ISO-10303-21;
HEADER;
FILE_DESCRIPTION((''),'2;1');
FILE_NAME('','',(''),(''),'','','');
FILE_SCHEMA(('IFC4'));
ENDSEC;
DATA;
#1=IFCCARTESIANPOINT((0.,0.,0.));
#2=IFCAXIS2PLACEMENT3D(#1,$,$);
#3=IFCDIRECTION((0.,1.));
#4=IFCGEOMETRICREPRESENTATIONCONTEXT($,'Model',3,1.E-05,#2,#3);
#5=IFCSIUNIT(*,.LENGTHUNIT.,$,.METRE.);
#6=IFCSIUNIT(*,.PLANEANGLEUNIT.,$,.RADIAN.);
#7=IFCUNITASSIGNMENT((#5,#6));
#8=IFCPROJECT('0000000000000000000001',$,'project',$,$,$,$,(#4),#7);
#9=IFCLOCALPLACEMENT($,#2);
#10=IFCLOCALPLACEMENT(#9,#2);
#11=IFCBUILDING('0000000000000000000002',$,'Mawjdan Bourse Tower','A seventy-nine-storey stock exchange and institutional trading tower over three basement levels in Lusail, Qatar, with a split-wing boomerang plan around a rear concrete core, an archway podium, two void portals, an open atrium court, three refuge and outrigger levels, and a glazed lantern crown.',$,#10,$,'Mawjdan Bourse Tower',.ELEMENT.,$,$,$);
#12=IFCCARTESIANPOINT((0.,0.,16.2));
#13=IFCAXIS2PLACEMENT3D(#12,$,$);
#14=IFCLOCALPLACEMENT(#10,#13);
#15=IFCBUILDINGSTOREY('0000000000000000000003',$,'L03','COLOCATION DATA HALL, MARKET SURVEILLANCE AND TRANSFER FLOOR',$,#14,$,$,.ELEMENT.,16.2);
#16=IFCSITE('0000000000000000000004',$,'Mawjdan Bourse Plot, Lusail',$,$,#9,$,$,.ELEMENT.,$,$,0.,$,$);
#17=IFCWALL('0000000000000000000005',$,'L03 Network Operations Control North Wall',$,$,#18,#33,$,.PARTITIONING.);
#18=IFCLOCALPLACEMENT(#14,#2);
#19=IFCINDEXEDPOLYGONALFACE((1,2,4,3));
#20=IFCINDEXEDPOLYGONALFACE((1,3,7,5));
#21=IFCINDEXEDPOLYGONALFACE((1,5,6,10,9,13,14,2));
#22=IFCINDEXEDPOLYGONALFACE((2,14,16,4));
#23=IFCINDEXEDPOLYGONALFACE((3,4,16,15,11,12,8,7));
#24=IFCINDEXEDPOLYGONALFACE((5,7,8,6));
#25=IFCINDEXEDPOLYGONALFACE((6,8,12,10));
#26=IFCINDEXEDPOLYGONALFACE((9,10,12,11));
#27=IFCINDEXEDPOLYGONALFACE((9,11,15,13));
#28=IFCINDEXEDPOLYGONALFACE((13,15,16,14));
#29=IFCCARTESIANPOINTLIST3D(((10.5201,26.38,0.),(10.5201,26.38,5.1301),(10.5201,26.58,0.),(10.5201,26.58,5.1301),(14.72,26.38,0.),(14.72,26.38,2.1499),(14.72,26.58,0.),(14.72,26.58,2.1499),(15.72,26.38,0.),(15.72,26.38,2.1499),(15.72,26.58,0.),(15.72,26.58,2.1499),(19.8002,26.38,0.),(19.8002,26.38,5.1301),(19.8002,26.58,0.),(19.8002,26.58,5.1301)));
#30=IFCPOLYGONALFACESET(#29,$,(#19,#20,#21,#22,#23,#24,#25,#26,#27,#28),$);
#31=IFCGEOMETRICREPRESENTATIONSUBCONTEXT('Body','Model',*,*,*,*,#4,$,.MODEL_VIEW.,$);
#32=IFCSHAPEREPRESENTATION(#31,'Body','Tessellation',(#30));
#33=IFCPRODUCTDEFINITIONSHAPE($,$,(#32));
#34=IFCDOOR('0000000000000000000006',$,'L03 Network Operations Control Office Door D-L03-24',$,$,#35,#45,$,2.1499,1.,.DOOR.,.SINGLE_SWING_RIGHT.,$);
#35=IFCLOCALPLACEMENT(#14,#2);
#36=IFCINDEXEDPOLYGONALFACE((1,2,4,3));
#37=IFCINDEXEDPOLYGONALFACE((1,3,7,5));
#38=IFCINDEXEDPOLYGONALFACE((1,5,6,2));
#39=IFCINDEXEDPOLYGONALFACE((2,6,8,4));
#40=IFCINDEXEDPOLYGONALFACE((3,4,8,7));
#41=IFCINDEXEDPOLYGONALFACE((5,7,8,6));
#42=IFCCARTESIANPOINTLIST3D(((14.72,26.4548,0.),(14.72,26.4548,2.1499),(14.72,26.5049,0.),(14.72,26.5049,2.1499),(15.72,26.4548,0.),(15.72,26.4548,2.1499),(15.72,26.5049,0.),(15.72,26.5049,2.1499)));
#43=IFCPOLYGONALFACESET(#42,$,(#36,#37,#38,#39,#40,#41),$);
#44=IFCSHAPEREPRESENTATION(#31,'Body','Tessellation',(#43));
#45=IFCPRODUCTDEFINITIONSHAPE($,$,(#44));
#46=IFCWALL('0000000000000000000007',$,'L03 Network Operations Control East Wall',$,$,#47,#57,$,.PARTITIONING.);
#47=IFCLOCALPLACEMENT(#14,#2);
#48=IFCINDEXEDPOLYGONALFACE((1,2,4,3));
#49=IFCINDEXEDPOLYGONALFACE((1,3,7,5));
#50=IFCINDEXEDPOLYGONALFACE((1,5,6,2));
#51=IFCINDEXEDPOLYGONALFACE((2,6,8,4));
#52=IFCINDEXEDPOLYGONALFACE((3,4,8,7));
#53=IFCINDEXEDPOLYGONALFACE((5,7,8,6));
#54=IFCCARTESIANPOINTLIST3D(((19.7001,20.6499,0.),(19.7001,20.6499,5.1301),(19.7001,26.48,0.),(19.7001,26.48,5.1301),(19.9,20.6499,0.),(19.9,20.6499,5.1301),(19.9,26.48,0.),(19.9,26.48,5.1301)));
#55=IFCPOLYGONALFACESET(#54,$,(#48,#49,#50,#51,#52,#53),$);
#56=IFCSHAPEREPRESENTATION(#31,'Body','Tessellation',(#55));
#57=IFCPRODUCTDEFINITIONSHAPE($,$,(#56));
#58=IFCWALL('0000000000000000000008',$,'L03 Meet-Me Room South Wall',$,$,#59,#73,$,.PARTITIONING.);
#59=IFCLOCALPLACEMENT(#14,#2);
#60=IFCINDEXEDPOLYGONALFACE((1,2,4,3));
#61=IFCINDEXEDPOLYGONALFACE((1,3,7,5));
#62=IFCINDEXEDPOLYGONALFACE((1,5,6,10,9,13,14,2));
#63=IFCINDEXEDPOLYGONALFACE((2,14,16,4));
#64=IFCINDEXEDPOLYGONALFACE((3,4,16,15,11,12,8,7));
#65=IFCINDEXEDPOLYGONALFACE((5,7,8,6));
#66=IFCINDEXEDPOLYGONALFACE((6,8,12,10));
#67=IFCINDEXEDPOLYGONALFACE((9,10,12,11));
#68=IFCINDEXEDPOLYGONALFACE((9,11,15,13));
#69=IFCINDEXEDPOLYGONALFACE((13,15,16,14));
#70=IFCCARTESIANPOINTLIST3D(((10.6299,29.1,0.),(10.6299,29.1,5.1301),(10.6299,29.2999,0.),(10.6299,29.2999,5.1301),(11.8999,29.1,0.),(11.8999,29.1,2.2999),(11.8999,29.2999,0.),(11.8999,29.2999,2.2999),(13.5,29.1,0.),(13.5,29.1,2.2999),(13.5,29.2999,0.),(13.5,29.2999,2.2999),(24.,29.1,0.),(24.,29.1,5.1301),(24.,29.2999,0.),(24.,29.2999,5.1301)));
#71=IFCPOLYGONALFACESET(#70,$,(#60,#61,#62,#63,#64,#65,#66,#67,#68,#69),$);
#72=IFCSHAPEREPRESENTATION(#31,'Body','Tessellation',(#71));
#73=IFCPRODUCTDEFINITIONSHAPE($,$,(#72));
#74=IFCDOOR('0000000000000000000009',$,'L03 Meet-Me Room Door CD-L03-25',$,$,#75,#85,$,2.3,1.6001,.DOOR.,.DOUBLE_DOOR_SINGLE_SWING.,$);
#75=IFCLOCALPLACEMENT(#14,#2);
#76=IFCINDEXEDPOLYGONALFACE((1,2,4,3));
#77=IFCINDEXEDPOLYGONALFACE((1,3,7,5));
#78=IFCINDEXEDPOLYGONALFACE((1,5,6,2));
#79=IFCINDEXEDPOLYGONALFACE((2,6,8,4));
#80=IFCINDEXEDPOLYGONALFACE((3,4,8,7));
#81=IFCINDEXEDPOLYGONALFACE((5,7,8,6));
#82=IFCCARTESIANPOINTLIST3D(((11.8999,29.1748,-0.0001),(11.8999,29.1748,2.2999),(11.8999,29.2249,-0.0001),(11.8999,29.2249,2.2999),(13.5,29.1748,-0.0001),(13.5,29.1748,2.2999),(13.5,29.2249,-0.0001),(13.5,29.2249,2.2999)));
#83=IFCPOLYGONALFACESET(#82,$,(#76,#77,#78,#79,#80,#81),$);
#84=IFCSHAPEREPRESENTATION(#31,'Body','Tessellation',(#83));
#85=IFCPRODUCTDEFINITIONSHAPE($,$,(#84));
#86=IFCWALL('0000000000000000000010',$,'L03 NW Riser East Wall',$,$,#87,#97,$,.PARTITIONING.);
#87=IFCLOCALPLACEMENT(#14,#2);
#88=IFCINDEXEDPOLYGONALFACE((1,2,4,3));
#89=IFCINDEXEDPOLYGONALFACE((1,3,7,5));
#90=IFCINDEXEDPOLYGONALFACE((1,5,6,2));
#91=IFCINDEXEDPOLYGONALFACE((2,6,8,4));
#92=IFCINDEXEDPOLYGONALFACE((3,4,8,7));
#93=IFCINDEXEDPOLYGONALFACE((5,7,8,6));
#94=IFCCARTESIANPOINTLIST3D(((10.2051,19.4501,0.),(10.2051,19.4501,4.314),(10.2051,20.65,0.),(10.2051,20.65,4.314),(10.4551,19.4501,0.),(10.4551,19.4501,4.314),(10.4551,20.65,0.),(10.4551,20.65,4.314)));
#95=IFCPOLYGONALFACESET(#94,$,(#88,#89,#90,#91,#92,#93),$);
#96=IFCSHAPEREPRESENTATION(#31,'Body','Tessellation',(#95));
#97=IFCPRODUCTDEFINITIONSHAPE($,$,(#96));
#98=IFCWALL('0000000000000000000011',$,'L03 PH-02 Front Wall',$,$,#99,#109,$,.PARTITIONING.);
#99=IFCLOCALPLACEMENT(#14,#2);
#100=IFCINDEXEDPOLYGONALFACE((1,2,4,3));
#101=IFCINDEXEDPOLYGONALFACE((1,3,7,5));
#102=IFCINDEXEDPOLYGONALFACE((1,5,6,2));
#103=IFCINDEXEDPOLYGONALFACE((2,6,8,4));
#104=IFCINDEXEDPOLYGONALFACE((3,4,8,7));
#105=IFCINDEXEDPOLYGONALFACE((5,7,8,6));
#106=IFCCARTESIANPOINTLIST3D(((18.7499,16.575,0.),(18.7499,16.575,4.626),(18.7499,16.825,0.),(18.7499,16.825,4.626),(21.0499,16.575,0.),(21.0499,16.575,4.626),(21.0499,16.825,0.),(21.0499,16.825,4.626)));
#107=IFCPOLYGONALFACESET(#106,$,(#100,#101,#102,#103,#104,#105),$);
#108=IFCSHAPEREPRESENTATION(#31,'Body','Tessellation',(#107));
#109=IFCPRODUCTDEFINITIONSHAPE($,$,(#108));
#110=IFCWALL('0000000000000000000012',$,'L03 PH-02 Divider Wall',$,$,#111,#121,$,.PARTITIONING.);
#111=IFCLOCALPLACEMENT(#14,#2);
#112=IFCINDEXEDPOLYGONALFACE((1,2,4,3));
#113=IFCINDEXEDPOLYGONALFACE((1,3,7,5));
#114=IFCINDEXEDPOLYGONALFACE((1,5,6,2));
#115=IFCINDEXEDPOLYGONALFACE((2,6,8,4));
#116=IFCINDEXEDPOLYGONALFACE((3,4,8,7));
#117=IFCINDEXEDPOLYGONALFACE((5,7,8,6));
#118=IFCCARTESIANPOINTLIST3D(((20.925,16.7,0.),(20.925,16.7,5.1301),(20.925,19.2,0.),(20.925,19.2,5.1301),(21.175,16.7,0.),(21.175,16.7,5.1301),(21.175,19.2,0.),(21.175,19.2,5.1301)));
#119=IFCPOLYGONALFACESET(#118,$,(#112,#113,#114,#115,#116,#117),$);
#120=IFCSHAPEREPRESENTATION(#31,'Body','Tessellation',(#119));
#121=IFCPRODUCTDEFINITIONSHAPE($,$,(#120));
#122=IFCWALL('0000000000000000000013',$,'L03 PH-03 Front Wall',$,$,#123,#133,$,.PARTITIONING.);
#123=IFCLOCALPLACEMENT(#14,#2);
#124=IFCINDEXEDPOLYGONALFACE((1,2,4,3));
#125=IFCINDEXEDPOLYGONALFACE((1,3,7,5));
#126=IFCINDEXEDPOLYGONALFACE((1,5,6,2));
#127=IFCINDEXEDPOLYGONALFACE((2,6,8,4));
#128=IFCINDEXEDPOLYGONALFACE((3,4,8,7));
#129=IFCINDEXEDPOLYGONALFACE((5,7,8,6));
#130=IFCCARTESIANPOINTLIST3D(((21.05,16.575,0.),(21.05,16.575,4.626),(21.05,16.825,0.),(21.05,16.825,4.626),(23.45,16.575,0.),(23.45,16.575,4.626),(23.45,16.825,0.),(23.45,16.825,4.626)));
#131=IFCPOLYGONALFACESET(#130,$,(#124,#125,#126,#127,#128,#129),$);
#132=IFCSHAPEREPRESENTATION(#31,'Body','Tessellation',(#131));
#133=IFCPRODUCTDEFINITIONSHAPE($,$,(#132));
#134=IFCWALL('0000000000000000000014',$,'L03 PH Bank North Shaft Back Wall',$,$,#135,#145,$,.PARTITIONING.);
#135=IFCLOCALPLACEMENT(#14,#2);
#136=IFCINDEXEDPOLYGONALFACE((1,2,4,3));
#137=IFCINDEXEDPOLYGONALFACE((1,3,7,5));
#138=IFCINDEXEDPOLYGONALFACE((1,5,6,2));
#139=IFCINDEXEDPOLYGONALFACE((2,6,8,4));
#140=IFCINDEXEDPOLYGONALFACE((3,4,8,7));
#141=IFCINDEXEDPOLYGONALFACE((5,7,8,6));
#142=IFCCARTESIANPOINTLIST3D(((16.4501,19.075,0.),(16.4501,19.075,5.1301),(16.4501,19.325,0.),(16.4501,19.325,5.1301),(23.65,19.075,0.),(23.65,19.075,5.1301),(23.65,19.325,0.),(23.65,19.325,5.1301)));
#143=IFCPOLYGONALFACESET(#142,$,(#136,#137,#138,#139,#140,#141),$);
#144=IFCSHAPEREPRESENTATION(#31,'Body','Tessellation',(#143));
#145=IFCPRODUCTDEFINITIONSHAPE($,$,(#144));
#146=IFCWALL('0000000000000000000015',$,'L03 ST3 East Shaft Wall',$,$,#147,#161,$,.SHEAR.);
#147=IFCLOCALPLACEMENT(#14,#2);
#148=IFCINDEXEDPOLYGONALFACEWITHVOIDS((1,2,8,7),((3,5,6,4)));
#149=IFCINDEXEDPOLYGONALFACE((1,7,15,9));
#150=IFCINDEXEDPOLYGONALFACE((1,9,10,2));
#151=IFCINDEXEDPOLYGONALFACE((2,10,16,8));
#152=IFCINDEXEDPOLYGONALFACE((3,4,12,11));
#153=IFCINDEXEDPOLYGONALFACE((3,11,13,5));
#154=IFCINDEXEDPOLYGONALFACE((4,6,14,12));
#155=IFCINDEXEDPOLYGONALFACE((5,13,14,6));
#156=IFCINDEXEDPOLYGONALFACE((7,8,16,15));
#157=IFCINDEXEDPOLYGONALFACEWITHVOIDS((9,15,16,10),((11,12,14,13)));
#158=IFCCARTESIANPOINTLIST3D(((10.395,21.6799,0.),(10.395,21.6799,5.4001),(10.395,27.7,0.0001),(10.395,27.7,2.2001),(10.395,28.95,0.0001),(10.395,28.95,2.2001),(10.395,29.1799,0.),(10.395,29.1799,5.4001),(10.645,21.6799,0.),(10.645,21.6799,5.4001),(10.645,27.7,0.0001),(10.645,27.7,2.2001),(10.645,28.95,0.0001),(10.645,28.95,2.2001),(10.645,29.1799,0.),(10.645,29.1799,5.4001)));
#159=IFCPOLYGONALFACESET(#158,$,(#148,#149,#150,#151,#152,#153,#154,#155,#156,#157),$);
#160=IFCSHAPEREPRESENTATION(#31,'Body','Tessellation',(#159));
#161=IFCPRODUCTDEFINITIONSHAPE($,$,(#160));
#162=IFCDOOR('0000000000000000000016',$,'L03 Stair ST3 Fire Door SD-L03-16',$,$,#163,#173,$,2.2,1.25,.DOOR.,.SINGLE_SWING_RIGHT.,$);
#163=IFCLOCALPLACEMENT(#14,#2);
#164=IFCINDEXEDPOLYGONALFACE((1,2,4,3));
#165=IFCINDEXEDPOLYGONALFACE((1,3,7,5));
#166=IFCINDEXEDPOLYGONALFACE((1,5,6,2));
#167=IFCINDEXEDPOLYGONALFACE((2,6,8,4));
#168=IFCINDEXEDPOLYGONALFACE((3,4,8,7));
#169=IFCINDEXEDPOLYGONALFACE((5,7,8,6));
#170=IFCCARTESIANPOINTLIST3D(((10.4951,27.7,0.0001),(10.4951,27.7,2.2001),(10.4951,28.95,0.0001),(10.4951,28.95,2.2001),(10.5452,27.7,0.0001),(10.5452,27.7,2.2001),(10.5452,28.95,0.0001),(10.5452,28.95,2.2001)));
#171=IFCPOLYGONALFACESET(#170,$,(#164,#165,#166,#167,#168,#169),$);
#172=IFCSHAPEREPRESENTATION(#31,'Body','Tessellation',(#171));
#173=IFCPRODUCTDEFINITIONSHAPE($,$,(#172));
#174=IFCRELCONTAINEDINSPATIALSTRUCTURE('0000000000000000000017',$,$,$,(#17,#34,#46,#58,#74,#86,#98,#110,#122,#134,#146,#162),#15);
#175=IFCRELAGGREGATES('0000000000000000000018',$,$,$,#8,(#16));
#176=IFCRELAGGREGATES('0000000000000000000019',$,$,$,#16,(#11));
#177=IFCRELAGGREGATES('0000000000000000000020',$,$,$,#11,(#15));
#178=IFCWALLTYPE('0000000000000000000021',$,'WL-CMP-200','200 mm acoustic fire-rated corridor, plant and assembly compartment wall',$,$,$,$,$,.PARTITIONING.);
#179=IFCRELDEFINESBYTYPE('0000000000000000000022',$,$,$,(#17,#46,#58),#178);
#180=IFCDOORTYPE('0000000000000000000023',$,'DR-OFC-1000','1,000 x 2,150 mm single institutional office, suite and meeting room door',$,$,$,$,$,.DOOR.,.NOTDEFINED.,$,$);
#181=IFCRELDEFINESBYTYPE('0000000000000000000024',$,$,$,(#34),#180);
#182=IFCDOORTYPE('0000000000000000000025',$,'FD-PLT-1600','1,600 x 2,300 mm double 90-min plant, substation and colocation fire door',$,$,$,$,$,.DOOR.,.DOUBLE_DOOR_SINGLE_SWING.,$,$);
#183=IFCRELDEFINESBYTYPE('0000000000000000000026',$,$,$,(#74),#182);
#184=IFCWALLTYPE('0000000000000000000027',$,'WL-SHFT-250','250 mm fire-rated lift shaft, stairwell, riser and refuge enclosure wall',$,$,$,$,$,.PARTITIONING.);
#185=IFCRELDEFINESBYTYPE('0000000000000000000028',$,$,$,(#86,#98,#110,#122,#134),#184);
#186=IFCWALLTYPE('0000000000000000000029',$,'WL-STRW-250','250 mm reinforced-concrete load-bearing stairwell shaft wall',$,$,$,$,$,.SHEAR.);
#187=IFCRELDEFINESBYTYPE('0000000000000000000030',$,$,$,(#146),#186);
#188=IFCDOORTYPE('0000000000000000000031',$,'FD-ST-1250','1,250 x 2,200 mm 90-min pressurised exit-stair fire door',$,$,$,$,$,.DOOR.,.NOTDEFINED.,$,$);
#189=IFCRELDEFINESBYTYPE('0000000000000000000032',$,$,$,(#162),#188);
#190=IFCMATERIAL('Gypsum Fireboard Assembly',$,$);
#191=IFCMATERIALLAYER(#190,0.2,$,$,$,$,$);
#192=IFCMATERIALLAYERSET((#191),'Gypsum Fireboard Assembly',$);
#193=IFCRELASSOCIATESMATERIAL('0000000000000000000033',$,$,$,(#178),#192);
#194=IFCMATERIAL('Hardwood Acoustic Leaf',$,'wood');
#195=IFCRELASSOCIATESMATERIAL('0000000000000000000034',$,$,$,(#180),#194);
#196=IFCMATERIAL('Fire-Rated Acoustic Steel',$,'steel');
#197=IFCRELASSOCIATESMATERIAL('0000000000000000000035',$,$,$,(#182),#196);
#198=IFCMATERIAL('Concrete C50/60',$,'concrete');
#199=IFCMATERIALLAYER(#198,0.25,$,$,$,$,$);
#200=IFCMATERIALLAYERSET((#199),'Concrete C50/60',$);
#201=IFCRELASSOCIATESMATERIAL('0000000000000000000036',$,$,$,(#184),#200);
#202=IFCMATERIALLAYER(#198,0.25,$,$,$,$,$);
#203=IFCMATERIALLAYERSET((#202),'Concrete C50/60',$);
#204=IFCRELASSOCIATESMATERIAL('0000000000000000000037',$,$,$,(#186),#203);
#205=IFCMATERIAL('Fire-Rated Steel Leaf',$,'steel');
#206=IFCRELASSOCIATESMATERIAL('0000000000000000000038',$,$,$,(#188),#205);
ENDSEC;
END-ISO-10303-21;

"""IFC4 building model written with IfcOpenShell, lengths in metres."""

from ifc_helpers import new_model, si_unit, direction, frame, frame_2d, origin, place, context, subcontext, project, spatial, rectangle, extrude, material, layer, layer_set, type_object, element, fill, save


model = new_model("IFC4")

# Units and contexts
model_context = context("Model", 3, precision=1e-05, world=origin(), true_north=direction((0.0, 1.0)))
body_context = subcontext(model_context, "Body", "Model", "MODEL_VIEW")
ifc_project = project(units=[si_unit("LENGTHUNIT", "METRE"), si_unit("PLANEANGLEUNIT", "RADIAN")], contexts=[model_context])

# Site, building, storey
site_placement = place(None, origin())
site = spatial("IfcSite", under=ifc_project, at=site_placement, Name="Mawjdan Bourse Plot, Lusail", CompositionType="ELEMENT", RefElevation=0.0)
building_placement = place(site_placement, origin())
building = spatial("IfcBuilding", under=site, at=building_placement, Name="Mawjdan Bourse Tower", Description="A seventy-nine-storey stock exchange and institutional trading tower over three basement levels in Lusail, Qatar, with a split-wing boomerang plan around a rear concrete core, an archway podium, two void portals, an open atrium court, three refuge and outrigger levels, and a glazed lantern crown.", LongName="Mawjdan Bourse Tower", CompositionType="ELEMENT")
storey_placement = place(building_placement, frame((0.0, 0.0, 16.2)))
storey = spatial("IfcBuildingStorey", under=building, at=storey_placement, Name="L03", Description="COLOCATION DATA HALL, MARKET SURVEILLANCE AND TRANSFER FLOOR", CompositionType="ELEMENT", Elevation=16.2)

# Wall, opening, door
ifc_material_1 = material(Name="Gypsum Fireboard Assembly")
ifc_layer_1 = layer(ifc_material_1, 0.2)
ifc_layer_set_1 = layer_set([ifc_layer_1], Name="Gypsum Fireboard Assembly")
wall_type_1 = type_object("IfcWallType", Name="WL-CMP-200", Description="200 mm acoustic fire-rated corridor, plant and assembly compartment wall", PredefinedType="PARTITIONING", material=ifc_layer_set_1)
wall_1_placement = place(storey_placement, frame((10.52, 26.48, 0.0), z_axis=(0.0, 0.0, 1.0), x_axis=(1.0, 0.0, 0.0)))
wall_1 = element("IfcWall", 1, at=wall_1_placement, inside=storey, type_object=wall_type_1, Name="L03 Network Operations Control North Wall", PredefinedType="PARTITIONING", context=body_context, shape_type="SweptSolid", body=[
    extrude(rectangle(XDim=9.28, YDim=0.2, at=frame_2d((4.6401, 0.0))), origin(), (0.0, 0.0, 1.0), 5.1301),
])
opening_1_placement = place(wall_1_placement, frame((4.2, 0.0, 0.0)))
opening_1 = element("IfcOpeningElement", 2, at=opening_1_placement, cuts=wall_1, PredefinedType="OPENING", context=body_context, shape_type="SweptSolid", body=[
    extrude(rectangle(XDim=1.0, YDim=2.1499, at=frame_2d((0.5, 1.075))), frame((0.0, 0.1099, 0.0), z_axis=(0.0, -1.0, 0.0), x_axis=(1.0, 0.0, 0.0)), (0.0, 0.0, 1.0), 0.22),
])
ifc_material_2 = material(Name="Hardwood Acoustic Leaf", Category="wood")
door_type_1 = type_object("IfcDoorType", Name="DR-OFC-1000", Description="1,000 x 2,150 mm single institutional office, suite and meeting room door", OperationType="NOTDEFINED", PredefinedType="DOOR", material=ifc_material_2)
door_1_placement = place(opening_1_placement, origin())
door_1 = element("IfcDoor", 3, at=door_1_placement, inside=storey, type_object=door_type_1, Name="L03 Network Operations Control Office Door D-L03-24", OperationType="SINGLE_SWING_RIGHT", OverallHeight=2.1499, OverallWidth=1.0, PredefinedType="DOOR", context=body_context, shape_type="SweptSolid", body=[
    extrude(rectangle(XDim=1.0, YDim=2.1499, at=frame_2d((0.5, 1.075))), frame((0.0, 0.0249, 0.0), z_axis=(0.0, -1.0, 0.0), x_axis=(1.0, 0.0, 0.0)), (0.0, 0.0, 1.0), 0.05),
])
fill(opening_1, door_1)

# Wall
wall_2_placement = place(storey_placement, frame((19.8, 20.6499, 0.0), z_axis=(0.0, 0.0, 1.0), x_axis=(0.0, 1.0, 0.0)))
element("IfcWall", 4, at=wall_2_placement, inside=storey, type_object=wall_type_1, Name="L03 Network Operations Control East Wall", PredefinedType="PARTITIONING", context=body_context, shape_type="SweptSolid", body=[
    extrude(rectangle(XDim=5.8301, YDim=0.2, at=frame_2d((2.915, 0.0))), origin(), (0.0, 0.0, 1.0), 5.1301),
])

# Wall, opening, door
wall_3_placement = place(storey_placement, frame((10.6299, 29.2, 0.0), z_axis=(0.0, 0.0, 1.0), x_axis=(1.0, 0.0, 0.0)))
wall_3 = element("IfcWall", 5, at=wall_3_placement, inside=storey, type_object=wall_type_1, Name="L03 Meet-Me Room South Wall", PredefinedType="PARTITIONING", context=body_context, shape_type="SweptSolid", body=[
    extrude(rectangle(XDim=13.3701, YDim=0.2, at=frame_2d((6.6851, 0.0))), origin(), (0.0, 0.0, 1.0), 5.1301),
])
opening_2_placement = place(wall_3_placement, frame((1.27, 0.0, 0.0)))
opening_2 = element("IfcOpeningElement", 6, at=opening_2_placement, cuts=wall_3, PredefinedType="OPENING", context=body_context, shape_type="SweptSolid", body=[
    extrude(rectangle(XDim=1.6001, YDim=2.3, at=frame_2d((0.8, 1.1499))), frame((0.0, 0.1099, 0.0), z_axis=(0.0, -1.0, 0.0), x_axis=(1.0, 0.0, 0.0)), (0.0, 0.0, 1.0), 0.22),
])
ifc_material_3 = material(Name="Fire-Rated Acoustic Steel", Category="steel")
door_type_2 = type_object("IfcDoorType", Name="FD-PLT-1600", Description="1,600 x 2,300 mm double 90-min plant, substation and colocation fire door", OperationType="DOUBLE_DOOR_SINGLE_SWING", PredefinedType="DOOR", material=ifc_material_3)
door_2_placement = place(opening_2_placement, origin())
door_2 = element("IfcDoor", 7, at=door_2_placement, inside=storey, type_object=door_type_2, Name="L03 Meet-Me Room Door CD-L03-25", OperationType="DOUBLE_DOOR_SINGLE_SWING", OverallHeight=2.3, OverallWidth=1.6001, PredefinedType="DOOR", context=body_context, shape_type="SweptSolid", body=[
    extrude(rectangle(XDim=1.6001, YDim=2.3, at=frame_2d((0.8, 1.1499))), frame((0.0, 0.0249, 0.0), z_axis=(0.0, -1.0, 0.0), x_axis=(1.0, 0.0, 0.0)), (0.0, 0.0, 1.0), 0.05),
])
fill(opening_2, door_2)

# Walls
ifc_material_4 = material(Name="Concrete C50/60", Category="concrete")
ifc_layer_2 = layer(ifc_material_4, 0.25)
ifc_layer_set_2 = layer_set([ifc_layer_2], Name="Concrete C50/60")
wall_type_2 = type_object("IfcWallType", Name="WL-SHFT-250", Description="250 mm fire-rated lift shaft, stairwell, riser and refuge enclosure wall", PredefinedType="PARTITIONING", material=ifc_layer_set_2)
wall_4_placement = place(storey_placement, frame((10.3301, 19.45, 0.0), z_axis=(0.0, 0.0, 1.0), x_axis=(0.0, 1.0, 0.0)))
element("IfcWall", 8, at=wall_4_placement, inside=storey, type_object=wall_type_2, Name="L03 NW Riser East Wall", PredefinedType="PARTITIONING", context=body_context, shape_type="SweptSolid", body=[
    extrude(rectangle(XDim=1.2, YDim=0.25, at=frame_2d((0.6001, 0.0))), origin(), (0.0, 0.0, 1.0), 4.314),
])
wall_5_placement = place(storey_placement, frame((18.75, 16.7, 0.0), z_axis=(0.0, 0.0, 1.0), x_axis=(1.0, 0.0, 0.0)))
element("IfcWall", 9, at=wall_5_placement, inside=storey, type_object=wall_type_2, Name="L03 PH-02 Front Wall", PredefinedType="PARTITIONING", context=body_context, shape_type="SweptSolid", body=[
    extrude(rectangle(XDim=2.3, YDim=0.25, at=frame_2d((1.1499, 0.0))), origin(), (0.0, 0.0, 1.0), 4.626),
])
wall_6_placement = place(storey_placement, frame((21.05, 16.7, 0.0), z_axis=(0.0, 0.0, 1.0), x_axis=(0.0, 1.0, 0.0)))
element("IfcWall", 10, at=wall_6_placement, inside=storey, type_object=wall_type_2, Name="L03 PH-02 Divider Wall", PredefinedType="PARTITIONING", context=body_context, shape_type="SweptSolid", body=[
    extrude(rectangle(XDim=2.5, YDim=0.25, at=frame_2d((1.25, 0.0))), origin(), (0.0, 0.0, 1.0), 5.1301),
])
wall_7_placement = place(storey_placement, frame((21.05, 16.7, 0.0), z_axis=(0.0, 0.0, 1.0), x_axis=(1.0, 0.0, 0.0)))
element("IfcWall", 11, at=wall_7_placement, inside=storey, type_object=wall_type_2, Name="L03 PH-03 Front Wall", PredefinedType="PARTITIONING", context=body_context, shape_type="SweptSolid", body=[
    extrude(rectangle(XDim=2.3999, YDim=0.25, at=frame_2d((1.2, 0.0))), origin(), (0.0, 0.0, 1.0), 4.626),
])
wall_8_placement = place(storey_placement, frame((16.45, 19.2, 0.0), z_axis=(0.0, 0.0, 1.0), x_axis=(1.0, 0.0, 0.0)))
element("IfcWall", 12, at=wall_8_placement, inside=storey, type_object=wall_type_2, Name="L03 PH Bank North Shaft Back Wall", PredefinedType="PARTITIONING", context=body_context, shape_type="SweptSolid", body=[
    extrude(rectangle(XDim=7.2, YDim=0.25, at=frame_2d((3.6001, 0.0))), origin(), (0.0, 0.0, 1.0), 5.1301),
])

# Wall, opening, door
ifc_layer_3 = layer(ifc_material_4, 0.25)
ifc_layer_set_3 = layer_set([ifc_layer_3], Name="Concrete C50/60")
wall_type_3 = type_object("IfcWallType", Name="WL-STRW-250", Description="250 mm reinforced-concrete load-bearing stairwell shaft wall", PredefinedType="SHEAR", material=ifc_layer_set_3)
wall_9_placement = place(storey_placement, frame((10.52, 21.6799, 0.0), z_axis=(0.0, 0.0, 1.0), x_axis=(0.0, 1.0, 0.0)))
wall_9 = element("IfcWall", 13, at=wall_9_placement, inside=storey, type_object=wall_type_3, Name="L03 ST3 East Shaft Wall", PredefinedType="SHEAR", context=body_context, shape_type="SweptSolid", body=[
    extrude(rectangle(XDim=7.5, YDim=0.25, at=frame_2d((3.75, 0.0))), origin(), (0.0, 0.0, 1.0), 5.4001),
])
opening_3_placement = place(wall_9_placement, frame((6.02, 0.0, 0.0)))
opening_3 = element("IfcOpeningElement", 14, at=opening_3_placement, cuts=wall_9, PredefinedType="OPENING", context=body_context, shape_type="SweptSolid", body=[
    extrude(rectangle(XDim=1.25, YDim=2.2, at=frame_2d((0.625, 1.1001))), frame((0.0, 0.135, 0.0), z_axis=(0.0, -1.0, 0.0), x_axis=(1.0, 0.0, 0.0)), (0.0, 0.0, 1.0), 0.27),
])
ifc_material_5 = material(Name="Fire-Rated Steel Leaf", Category="steel")
door_type_3 = type_object("IfcDoorType", Name="FD-ST-1250", Description="1,250 x 2,200 mm 90-min pressurised exit-stair fire door", OperationType="NOTDEFINED", PredefinedType="DOOR", material=ifc_material_5)
door_3_placement = place(opening_3_placement, origin())
door_3 = element("IfcDoor", 15, at=door_3_placement, inside=storey, type_object=door_type_3, Name="L03 Stair ST3 Fire Door SD-L03-16", OperationType="SINGLE_SWING_RIGHT", OverallHeight=2.2, OverallWidth=1.25, PredefinedType="DOOR", context=body_context, shape_type="SweptSolid", body=[
    extrude(rectangle(XDim=1.25, YDim=2.2, at=frame_2d((0.625, 1.1001))), frame((0.0, 0.0249, 0.0), z_axis=(0.0, -1.0, 0.0), x_axis=(1.0, 0.0, 0.0)), (0.0, 0.0, 1.0), 0.05),
])
fill(opening_3, door_3)

save(model, "model.ifc")
